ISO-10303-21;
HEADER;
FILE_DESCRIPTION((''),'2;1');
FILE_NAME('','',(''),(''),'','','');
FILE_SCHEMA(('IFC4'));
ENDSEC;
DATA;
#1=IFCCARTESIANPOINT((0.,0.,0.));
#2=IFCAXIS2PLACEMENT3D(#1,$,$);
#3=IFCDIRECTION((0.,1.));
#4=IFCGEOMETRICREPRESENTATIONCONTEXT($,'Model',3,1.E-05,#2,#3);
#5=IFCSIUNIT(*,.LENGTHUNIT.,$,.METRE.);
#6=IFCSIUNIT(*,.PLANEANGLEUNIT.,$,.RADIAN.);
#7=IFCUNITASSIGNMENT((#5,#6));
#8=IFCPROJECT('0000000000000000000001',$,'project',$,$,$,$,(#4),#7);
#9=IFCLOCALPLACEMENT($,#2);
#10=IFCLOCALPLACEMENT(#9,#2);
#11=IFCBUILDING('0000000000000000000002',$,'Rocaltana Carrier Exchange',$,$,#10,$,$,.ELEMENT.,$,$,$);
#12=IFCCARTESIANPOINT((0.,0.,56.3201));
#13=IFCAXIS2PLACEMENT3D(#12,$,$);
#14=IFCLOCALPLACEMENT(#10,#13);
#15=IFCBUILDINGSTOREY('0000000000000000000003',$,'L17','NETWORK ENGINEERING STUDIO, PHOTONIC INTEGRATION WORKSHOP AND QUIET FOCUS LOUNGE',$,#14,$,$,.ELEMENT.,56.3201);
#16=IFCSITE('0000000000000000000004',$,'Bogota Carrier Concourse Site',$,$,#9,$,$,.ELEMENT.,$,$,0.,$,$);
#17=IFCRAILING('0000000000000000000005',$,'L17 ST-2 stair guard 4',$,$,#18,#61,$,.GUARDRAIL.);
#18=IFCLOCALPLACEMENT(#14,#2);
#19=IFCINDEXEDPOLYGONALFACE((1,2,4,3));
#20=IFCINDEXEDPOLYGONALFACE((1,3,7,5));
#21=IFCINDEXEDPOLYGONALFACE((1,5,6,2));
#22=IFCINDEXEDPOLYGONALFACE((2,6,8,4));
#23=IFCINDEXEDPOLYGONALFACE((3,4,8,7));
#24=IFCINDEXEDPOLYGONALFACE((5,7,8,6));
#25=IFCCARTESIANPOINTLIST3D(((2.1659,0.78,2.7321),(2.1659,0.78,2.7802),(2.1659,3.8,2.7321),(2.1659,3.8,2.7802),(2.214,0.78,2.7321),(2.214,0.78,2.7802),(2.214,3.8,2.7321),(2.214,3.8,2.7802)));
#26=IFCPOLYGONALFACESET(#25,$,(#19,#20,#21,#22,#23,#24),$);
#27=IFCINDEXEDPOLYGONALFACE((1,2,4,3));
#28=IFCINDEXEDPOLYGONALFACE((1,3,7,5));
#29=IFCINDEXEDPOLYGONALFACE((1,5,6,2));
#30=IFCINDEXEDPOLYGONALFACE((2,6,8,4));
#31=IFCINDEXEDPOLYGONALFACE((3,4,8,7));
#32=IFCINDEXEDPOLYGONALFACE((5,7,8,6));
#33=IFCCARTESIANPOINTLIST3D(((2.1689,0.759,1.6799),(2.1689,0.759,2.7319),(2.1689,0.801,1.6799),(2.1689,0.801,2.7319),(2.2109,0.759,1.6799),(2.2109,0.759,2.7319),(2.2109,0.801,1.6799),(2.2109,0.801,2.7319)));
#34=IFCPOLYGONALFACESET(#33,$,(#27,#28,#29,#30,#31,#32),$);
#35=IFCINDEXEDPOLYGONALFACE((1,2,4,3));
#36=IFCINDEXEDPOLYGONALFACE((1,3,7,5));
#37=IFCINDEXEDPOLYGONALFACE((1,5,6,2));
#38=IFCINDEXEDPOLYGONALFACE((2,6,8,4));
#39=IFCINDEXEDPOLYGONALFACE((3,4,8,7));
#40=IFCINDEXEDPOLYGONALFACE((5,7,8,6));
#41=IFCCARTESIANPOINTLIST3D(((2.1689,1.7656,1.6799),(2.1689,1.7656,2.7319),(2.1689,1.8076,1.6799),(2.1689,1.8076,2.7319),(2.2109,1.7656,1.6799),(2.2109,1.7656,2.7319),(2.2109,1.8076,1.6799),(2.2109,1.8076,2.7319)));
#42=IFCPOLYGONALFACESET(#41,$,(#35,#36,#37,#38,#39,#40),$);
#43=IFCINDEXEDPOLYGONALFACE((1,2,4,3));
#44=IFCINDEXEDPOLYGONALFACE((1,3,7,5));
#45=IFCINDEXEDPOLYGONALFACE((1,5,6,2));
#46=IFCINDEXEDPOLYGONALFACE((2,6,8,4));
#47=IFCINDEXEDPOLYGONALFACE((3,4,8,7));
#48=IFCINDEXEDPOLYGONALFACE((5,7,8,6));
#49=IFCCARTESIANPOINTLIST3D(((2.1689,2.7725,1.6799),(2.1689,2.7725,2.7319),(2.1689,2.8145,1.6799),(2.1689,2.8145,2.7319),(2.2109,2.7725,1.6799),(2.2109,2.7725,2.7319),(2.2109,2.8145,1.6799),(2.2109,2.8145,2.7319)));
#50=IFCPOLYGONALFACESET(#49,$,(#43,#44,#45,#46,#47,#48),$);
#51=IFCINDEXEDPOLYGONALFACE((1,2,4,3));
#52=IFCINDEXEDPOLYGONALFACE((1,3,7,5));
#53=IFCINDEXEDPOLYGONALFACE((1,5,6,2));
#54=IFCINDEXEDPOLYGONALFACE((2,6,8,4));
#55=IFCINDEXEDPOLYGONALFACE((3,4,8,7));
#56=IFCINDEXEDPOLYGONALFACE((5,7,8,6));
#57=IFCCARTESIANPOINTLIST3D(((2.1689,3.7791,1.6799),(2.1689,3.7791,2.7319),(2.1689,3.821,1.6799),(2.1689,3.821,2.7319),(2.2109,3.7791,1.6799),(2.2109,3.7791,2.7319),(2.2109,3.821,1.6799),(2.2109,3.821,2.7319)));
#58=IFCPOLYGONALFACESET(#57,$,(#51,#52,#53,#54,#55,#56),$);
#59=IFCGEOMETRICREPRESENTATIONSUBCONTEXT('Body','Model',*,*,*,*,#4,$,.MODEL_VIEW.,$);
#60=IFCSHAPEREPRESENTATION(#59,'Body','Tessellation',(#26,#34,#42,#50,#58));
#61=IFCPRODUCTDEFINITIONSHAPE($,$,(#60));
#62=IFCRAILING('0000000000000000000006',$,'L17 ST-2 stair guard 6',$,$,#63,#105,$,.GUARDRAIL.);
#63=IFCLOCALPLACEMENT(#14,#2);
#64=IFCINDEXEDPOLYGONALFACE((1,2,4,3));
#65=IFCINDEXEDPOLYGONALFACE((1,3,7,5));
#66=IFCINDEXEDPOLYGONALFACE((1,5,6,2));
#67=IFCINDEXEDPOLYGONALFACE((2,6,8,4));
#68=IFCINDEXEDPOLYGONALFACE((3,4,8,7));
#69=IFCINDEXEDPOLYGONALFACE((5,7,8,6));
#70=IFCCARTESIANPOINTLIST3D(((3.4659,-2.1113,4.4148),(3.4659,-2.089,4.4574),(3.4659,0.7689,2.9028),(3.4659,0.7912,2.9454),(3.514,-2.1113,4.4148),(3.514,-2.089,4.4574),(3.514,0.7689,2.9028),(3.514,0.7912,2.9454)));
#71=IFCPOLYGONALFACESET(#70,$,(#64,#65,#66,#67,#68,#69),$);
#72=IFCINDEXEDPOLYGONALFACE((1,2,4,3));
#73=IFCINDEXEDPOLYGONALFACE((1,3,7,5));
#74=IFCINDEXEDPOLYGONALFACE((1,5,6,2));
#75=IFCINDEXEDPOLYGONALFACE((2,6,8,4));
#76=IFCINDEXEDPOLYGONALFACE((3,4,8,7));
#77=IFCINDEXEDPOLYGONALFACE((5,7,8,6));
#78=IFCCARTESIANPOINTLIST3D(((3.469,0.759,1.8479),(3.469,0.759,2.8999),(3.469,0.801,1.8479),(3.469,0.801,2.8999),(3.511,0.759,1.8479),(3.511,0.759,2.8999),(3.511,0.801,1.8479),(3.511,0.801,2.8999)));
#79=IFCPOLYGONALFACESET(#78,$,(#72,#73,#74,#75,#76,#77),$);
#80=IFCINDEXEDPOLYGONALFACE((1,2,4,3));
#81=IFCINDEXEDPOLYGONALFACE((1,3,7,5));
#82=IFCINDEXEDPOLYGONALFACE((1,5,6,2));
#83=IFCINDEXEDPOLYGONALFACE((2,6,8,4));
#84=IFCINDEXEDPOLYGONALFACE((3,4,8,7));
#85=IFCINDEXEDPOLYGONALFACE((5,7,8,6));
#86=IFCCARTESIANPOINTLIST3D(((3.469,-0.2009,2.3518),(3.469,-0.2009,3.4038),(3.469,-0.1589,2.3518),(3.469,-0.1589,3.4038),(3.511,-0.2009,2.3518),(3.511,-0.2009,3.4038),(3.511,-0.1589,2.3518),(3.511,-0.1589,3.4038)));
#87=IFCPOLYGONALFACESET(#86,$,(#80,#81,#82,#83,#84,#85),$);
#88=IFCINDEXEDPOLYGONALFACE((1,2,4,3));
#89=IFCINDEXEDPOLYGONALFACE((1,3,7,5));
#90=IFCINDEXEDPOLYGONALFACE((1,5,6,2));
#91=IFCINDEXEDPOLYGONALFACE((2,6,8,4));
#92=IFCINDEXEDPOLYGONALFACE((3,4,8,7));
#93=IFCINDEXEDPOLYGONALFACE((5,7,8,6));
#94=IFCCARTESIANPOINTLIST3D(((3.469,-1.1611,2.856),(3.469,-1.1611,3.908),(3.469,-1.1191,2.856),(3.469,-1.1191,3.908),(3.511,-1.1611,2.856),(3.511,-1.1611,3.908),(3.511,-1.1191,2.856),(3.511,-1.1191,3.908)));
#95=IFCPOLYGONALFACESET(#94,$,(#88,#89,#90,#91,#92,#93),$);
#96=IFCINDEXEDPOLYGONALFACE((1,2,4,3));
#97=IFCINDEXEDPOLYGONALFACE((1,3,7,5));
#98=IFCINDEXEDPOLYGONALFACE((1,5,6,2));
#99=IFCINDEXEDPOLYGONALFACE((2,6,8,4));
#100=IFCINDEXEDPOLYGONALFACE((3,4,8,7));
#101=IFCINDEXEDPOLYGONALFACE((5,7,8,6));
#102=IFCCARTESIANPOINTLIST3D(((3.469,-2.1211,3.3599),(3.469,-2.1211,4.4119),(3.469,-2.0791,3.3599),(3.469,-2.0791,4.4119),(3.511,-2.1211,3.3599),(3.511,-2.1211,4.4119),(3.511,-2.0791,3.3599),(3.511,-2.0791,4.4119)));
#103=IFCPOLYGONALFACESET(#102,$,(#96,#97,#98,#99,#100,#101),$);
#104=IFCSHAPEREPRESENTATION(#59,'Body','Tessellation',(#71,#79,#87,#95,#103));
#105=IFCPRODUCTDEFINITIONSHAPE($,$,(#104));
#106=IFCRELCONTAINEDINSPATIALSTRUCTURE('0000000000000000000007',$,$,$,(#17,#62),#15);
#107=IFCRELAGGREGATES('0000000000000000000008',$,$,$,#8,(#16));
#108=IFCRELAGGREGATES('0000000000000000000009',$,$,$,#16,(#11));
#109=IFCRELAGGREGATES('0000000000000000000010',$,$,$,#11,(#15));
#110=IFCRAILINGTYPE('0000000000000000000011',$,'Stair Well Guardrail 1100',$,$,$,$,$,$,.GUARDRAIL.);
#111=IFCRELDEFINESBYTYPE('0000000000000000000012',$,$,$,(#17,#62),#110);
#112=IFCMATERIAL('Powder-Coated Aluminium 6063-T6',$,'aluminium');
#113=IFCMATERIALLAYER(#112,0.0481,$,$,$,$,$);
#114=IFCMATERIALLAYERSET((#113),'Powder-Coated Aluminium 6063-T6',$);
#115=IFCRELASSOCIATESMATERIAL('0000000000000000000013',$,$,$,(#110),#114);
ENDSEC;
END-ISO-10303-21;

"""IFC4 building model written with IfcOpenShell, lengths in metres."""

from ifc_helpers import new_model, si_unit, direction, frame, origin, origin_2d, place, context, subcontext, project, spatial, rectangle, extrude, material, layer, layer_set, type_object, element, save


model = new_model("IFC4")

# Units and contexts
model_context = context("Model", 3, precision=1e-05, world=origin(), true_north=direction((0.0, 1.0)))
body_context = subcontext(model_context, "Body", "Model", "MODEL_VIEW")
ifc_project = project(units=[si_unit("LENGTHUNIT", "METRE"), si_unit("PLANEANGLEUNIT", "RADIAN")], contexts=[model_context])

# Site, building, storey
site_placement = place(None, origin())
site = spatial("IfcSite", under=ifc_project, at=site_placement, Name="Bogota Carrier Concourse Site", CompositionType="ELEMENT", RefElevation=0.0)
building_placement = place(site_placement, origin())
building = spatial("IfcBuilding", under=site, at=building_placement, Name="Rocaltana Carrier Exchange", CompositionType="ELEMENT")
storey_placement = place(building_placement, frame((0.0, 0.0, 56.3201)))
storey = spatial("IfcBuildingStorey", under=building, at=storey_placement, Name="L17", Description="NETWORK ENGINEERING STUDIO, PHOTONIC INTEGRATION WORKSHOP AND QUIET FOCUS LOUNGE", CompositionType="ELEMENT", Elevation=56.3201)

# Railings
ifc_material_1 = material(Name="Powder-Coated Aluminium 6063-T6", Category="aluminium")
ifc_layer_1 = layer(ifc_material_1, 0.0481)
ifc_layer_set_1 = layer_set([ifc_layer_1], Name="Powder-Coated Aluminium 6063-T6")
railing_type_1 = type_object("IfcRailingType", Name="Stair Well Guardrail 1100", PredefinedType="GUARDRAIL", material=ifc_layer_set_1)
for number, where, name in (
    (1, (2.1899, 0.78, 1.6799), "L17 ST-2 stair guard 4"),
):
    element("IfcRailing", number, at=place(storey_placement, frame(where)), inside=storey, type_object=railing_type_1, Name=name, PredefinedType="GUARDRAIL", context=body_context, shape_type="SweptSolid", body=[
        extrude(rectangle(XDim=0.0481, YDim=0.0481, at=origin_2d()), frame((0.0, 0.0, 1.0762), z_axis=(0.0, 1.0, 0.0), x_axis=(-1.0, 0.0, 0.0)), (0.0, 0.0, 1.0), 3.02),
        extrude(rectangle(XDim=0.042, YDim=0.042, at=origin_2d()), origin(), (0.0, 0.0, 1.0), 1.052),
        extrude(rectangle(XDim=0.042, YDim=0.042, at=origin_2d()), frame((0.0, 1.0066, 0.0)), (0.0, 0.0, 1.0), 1.052),
        extrude(rectangle(XDim=0.042, YDim=0.042, at=origin_2d()), frame((0.0, 2.0134, 0.0)), (0.0, 0.0, 1.0), 1.052),
        extrude(rectangle(XDim=0.042, YDim=0.042, at=origin_2d()), frame((0.0, 3.02, 0.0)), (0.0, 0.0, 1.0), 1.052),
    ])
railing_1_placement = place(storey_placement, frame((3.49, 0.78, 1.8479)))
element("IfcRailing", 2, at=railing_1_placement, inside=storey, type_object=railing_type_1, Name="L17 ST-2 stair guard 6", PredefinedType="GUARDRAIL", context=body_context, shape_type="SweptSolid", body=[
    extrude(rectangle(XDim=0.0481, YDim=0.0481, at=origin_2d()), frame((0.0, 0.0, 1.0762), z_axis=(0.0, -0.885411, 0.464809), x_axis=(1.0, 0.0, 0.0)), (0.0, 0.0, 1.0), 3.2529),
    extrude(rectangle(XDim=0.042, YDim=0.042, at=origin_2d()), origin(), (0.0, 0.0, 1.0), 1.052),
    extrude(rectangle(XDim=0.042, YDim=0.042, at=origin_2d()), frame((0.0, -0.96, 0.5039)), (0.0, 0.0, 1.0), 1.052),
    extrude(rectangle(XDim=0.042, YDim=0.042, at=origin_2d()), frame((0.0, -1.9202, 1.0081)), (0.0, 0.0, 1.0), 1.052),
    extrude(rectangle(XDim=0.042, YDim=0.042, at=origin_2d()), frame((0.0, -2.8801, 1.512)), (0.0, 0.0, 1.0), 1.052),
])

save(model, "model.ifc")
